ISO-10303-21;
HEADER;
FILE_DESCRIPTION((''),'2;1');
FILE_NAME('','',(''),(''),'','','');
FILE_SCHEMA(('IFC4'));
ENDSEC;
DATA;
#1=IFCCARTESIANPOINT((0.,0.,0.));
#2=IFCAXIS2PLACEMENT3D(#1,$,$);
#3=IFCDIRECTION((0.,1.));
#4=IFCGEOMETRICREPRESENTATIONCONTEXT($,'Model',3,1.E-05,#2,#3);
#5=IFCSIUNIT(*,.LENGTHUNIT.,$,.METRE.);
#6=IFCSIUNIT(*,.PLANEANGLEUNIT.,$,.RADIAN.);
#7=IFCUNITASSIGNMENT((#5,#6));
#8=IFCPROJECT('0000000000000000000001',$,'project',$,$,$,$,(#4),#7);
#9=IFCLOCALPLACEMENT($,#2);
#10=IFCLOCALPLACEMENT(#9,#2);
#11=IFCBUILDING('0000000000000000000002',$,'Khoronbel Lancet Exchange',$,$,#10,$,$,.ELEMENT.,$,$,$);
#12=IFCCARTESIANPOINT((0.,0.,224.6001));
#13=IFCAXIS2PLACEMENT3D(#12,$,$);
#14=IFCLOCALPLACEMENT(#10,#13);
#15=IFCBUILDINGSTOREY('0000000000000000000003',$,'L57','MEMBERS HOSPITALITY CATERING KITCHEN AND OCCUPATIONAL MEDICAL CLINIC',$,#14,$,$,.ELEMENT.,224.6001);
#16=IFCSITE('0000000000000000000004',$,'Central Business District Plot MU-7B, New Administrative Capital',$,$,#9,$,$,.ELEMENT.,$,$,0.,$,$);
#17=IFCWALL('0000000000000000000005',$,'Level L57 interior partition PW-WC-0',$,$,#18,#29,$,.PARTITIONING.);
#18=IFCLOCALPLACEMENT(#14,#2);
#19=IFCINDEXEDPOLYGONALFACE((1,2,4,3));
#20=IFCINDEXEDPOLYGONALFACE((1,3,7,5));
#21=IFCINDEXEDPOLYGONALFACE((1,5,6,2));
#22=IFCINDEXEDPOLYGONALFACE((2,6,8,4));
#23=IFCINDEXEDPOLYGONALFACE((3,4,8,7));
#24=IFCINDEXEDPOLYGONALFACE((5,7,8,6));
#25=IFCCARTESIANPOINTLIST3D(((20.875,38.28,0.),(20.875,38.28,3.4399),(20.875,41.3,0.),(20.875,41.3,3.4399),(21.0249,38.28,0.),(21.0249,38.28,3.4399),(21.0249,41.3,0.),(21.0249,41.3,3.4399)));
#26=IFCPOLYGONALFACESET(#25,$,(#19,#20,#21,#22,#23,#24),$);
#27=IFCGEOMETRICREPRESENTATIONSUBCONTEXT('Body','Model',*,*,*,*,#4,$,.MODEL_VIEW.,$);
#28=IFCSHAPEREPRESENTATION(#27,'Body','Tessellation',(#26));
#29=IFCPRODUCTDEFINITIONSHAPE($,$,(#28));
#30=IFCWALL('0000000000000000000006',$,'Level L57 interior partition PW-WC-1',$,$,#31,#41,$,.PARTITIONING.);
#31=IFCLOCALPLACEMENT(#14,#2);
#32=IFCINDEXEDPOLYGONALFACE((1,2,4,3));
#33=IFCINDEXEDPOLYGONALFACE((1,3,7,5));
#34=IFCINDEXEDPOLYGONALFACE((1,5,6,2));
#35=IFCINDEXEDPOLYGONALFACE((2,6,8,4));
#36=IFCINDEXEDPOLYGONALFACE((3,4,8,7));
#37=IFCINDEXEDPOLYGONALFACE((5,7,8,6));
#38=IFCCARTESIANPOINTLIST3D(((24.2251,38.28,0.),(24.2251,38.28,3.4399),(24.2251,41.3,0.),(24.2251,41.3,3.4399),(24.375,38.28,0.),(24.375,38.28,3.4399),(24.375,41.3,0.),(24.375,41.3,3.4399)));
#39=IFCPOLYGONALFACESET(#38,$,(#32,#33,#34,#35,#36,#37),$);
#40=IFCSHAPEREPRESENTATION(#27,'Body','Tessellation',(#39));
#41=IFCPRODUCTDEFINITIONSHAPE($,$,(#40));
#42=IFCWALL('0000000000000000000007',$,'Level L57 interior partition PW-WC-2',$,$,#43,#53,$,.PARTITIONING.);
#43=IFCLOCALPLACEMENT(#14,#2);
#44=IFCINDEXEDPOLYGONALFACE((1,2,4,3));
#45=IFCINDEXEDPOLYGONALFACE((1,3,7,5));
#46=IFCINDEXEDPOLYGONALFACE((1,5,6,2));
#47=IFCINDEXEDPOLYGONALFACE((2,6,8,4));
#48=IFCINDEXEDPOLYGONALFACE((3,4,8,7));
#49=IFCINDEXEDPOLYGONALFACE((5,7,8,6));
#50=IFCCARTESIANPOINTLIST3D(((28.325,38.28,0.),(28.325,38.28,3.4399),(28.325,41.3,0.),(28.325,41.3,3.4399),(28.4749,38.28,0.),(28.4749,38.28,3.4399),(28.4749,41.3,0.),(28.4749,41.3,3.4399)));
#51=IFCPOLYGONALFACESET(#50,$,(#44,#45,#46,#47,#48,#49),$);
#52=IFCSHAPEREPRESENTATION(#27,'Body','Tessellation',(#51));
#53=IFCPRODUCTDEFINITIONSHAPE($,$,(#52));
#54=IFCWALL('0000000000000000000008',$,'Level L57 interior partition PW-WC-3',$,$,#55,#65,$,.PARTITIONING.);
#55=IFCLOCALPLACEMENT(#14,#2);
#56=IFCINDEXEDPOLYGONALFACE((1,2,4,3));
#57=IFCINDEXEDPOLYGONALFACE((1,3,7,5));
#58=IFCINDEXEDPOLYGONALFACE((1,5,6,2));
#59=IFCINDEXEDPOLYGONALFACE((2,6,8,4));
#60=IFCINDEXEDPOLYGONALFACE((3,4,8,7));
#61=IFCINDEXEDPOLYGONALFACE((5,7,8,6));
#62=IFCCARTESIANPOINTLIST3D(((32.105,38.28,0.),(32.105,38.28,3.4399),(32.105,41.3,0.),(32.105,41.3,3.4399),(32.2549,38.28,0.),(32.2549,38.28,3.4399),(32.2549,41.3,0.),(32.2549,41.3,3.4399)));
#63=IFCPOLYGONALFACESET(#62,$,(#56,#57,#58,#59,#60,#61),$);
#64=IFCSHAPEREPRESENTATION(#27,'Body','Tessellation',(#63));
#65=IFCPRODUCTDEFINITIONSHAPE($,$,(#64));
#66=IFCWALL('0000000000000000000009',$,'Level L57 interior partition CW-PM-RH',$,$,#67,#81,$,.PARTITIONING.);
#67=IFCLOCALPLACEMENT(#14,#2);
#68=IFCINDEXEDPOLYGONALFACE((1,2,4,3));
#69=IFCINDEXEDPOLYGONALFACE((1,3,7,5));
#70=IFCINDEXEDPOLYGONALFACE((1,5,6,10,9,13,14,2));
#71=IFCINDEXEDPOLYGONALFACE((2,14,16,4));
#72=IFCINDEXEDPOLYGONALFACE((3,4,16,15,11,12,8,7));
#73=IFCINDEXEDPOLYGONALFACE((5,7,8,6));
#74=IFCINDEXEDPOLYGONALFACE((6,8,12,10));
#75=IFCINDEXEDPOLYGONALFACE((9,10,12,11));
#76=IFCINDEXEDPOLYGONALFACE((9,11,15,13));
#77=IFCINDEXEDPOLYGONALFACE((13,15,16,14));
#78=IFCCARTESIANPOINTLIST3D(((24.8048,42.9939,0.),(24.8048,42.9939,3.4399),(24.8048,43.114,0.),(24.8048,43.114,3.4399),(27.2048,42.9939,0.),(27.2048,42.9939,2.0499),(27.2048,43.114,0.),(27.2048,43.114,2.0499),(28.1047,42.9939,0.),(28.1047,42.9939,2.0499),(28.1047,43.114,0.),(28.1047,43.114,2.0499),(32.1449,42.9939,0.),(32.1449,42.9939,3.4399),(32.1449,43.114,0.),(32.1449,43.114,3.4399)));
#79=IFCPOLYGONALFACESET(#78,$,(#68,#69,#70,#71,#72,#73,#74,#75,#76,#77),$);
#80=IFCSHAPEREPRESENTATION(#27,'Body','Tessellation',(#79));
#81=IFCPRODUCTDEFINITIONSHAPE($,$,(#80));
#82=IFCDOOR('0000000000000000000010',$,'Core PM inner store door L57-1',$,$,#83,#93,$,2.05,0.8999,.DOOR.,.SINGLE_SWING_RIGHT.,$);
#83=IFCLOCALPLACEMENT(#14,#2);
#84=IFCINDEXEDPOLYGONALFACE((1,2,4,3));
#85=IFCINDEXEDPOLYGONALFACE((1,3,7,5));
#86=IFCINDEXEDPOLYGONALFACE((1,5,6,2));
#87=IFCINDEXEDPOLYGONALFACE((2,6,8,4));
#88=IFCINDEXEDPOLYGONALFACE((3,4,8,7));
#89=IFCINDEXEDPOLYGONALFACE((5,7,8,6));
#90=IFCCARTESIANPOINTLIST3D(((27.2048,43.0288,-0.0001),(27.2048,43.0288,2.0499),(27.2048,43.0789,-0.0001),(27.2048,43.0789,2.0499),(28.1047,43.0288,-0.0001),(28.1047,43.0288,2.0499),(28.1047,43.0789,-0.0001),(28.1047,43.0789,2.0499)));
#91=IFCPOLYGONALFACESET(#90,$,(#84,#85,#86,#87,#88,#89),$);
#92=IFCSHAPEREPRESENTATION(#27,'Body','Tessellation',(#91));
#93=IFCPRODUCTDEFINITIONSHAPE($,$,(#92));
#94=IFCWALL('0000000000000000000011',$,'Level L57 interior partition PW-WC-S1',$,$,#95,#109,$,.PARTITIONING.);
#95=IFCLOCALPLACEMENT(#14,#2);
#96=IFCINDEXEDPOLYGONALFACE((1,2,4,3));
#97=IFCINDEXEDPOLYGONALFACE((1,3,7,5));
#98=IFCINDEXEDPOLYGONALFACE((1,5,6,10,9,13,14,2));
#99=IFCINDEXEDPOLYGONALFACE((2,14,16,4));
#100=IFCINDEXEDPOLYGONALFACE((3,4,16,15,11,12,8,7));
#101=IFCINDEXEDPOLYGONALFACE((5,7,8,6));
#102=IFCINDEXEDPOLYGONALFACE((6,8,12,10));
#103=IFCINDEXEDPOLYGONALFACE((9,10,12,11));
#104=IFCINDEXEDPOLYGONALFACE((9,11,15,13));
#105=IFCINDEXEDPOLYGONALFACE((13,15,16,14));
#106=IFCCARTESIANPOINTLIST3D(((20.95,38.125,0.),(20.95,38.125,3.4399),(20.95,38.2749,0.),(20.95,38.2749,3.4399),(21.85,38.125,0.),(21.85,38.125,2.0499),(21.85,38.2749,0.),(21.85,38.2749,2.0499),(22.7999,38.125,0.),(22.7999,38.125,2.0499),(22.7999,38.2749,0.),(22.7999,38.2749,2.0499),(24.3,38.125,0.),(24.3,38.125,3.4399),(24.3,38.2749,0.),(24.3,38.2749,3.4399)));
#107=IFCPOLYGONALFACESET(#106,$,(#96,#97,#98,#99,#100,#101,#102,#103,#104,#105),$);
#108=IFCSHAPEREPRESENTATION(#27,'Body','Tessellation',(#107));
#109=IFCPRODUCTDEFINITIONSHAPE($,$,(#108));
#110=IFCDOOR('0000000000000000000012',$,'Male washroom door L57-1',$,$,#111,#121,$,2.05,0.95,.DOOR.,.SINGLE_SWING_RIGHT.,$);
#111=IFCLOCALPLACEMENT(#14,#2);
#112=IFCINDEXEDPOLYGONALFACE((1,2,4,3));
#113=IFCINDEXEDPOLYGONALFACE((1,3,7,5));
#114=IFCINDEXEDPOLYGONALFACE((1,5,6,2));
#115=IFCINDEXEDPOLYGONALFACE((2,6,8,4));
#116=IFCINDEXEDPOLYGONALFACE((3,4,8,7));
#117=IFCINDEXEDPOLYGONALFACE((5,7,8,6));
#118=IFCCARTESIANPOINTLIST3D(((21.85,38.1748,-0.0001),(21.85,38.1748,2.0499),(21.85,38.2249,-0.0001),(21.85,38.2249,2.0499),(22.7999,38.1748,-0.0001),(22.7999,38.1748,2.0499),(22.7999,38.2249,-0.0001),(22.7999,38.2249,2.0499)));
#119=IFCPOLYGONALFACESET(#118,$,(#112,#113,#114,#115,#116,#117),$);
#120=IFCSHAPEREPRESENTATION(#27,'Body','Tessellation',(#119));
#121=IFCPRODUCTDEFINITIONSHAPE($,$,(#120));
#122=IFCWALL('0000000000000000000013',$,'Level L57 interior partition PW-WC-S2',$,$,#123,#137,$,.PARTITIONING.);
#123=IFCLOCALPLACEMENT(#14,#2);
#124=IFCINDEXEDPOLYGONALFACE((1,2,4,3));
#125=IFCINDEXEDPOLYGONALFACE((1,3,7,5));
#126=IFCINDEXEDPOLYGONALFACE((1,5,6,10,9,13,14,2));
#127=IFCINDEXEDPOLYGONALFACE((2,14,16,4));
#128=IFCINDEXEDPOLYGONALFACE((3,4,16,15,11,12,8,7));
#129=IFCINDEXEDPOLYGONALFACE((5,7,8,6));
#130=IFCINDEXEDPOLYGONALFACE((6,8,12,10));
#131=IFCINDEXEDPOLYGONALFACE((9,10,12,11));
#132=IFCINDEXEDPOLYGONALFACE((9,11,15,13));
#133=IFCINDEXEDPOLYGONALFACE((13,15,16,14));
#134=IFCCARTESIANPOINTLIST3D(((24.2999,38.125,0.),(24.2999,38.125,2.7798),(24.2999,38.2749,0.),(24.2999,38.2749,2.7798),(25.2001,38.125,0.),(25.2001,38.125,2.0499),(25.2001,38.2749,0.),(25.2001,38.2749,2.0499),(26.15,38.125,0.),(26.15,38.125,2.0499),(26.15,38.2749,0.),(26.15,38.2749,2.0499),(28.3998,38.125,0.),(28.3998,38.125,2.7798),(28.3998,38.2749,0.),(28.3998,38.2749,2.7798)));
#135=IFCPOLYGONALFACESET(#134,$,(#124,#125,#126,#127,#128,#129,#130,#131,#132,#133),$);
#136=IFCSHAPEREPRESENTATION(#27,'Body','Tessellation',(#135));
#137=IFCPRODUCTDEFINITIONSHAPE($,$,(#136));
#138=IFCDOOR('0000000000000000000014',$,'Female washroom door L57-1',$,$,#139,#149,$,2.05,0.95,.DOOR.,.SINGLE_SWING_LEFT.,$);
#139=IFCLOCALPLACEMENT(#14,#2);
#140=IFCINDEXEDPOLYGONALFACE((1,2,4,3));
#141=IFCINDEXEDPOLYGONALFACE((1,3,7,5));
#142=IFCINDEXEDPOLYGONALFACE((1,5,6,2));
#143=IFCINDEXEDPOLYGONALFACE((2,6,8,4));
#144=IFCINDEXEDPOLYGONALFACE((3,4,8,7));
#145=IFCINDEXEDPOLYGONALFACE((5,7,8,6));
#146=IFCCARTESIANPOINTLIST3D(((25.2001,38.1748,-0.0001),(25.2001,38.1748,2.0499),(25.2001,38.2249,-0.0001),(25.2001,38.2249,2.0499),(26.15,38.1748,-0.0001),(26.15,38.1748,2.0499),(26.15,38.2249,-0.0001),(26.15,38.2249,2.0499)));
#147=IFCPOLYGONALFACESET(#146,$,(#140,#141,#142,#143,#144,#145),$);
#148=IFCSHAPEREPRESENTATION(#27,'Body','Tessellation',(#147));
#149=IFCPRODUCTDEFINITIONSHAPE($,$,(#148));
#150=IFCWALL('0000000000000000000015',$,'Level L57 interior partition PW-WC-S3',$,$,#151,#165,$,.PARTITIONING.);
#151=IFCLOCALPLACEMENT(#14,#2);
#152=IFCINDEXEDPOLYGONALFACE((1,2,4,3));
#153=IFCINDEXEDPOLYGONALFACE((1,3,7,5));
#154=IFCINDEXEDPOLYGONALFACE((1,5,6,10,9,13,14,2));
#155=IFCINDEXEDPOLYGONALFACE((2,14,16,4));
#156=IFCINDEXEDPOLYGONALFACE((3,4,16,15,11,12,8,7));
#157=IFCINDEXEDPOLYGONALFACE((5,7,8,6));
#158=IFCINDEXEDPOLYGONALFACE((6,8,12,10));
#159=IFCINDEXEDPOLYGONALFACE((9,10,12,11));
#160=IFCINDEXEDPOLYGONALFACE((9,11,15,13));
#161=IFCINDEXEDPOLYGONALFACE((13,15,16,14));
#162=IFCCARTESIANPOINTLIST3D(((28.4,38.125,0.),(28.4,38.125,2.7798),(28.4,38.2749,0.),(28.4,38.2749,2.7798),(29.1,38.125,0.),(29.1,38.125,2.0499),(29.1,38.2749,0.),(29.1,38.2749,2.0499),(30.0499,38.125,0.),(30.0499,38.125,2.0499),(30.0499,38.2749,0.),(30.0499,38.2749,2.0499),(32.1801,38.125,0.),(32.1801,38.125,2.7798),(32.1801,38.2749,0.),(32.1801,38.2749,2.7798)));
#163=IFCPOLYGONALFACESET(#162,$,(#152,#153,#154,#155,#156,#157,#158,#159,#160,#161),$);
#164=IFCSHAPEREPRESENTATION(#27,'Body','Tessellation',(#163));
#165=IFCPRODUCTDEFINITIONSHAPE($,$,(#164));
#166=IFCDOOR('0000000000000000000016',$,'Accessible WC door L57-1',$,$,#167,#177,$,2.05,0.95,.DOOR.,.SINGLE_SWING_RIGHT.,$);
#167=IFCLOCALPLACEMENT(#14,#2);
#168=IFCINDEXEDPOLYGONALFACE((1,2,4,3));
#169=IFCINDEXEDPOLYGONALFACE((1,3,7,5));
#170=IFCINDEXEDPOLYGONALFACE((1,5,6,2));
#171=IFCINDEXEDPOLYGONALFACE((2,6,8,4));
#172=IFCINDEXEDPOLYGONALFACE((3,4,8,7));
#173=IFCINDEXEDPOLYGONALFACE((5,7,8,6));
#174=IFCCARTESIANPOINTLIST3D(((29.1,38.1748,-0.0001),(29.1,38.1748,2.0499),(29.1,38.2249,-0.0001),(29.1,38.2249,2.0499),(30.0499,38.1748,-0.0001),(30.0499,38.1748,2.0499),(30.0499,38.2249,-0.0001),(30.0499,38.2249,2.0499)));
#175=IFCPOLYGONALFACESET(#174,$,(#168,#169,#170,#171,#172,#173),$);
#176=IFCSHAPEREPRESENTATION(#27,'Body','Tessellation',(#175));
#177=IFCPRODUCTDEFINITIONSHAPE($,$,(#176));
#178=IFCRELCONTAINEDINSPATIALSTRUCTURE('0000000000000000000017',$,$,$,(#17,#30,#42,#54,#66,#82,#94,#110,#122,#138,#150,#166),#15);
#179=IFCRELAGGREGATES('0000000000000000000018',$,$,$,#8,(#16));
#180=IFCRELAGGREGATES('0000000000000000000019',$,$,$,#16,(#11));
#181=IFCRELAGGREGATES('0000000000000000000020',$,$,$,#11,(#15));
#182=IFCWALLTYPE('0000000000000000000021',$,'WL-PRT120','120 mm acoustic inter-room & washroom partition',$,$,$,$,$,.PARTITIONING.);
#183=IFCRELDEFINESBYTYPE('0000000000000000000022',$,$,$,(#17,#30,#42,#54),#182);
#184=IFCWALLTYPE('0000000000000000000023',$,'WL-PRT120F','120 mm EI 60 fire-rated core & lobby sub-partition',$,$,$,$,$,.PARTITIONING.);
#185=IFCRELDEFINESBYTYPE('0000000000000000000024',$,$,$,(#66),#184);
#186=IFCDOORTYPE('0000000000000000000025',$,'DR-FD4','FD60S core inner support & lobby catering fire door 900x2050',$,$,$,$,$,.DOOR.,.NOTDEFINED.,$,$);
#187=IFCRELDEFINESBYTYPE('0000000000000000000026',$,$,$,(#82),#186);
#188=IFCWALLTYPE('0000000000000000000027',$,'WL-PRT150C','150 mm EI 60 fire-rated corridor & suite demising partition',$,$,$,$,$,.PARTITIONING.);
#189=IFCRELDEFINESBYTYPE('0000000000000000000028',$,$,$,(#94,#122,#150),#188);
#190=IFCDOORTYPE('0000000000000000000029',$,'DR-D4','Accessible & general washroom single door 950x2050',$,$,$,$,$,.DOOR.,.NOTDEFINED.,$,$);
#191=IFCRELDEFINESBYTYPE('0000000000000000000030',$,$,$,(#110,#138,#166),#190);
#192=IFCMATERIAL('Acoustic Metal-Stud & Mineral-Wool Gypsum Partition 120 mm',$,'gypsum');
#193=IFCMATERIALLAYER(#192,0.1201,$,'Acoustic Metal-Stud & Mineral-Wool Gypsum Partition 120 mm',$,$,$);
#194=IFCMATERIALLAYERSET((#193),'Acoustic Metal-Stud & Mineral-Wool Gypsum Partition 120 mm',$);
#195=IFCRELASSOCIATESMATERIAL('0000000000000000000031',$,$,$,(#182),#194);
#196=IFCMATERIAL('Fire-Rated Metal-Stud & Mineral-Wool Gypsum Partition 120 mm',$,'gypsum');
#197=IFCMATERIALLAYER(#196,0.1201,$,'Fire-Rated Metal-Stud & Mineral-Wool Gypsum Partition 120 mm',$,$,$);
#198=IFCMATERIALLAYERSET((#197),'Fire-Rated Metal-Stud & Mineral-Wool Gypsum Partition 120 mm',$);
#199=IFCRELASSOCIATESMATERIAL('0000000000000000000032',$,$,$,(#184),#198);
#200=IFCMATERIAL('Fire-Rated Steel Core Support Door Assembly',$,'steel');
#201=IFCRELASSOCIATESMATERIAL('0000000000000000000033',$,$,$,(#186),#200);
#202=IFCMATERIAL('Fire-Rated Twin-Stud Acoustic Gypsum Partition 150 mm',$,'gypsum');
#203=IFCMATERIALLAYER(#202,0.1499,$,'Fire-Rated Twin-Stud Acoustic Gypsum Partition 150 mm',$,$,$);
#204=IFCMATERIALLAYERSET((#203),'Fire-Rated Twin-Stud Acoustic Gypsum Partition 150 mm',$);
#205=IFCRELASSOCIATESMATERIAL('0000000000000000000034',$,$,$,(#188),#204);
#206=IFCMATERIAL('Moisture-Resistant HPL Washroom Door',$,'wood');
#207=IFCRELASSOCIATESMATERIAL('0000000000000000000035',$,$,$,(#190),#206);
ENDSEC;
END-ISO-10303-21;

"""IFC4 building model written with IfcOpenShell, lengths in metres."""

from ifc_helpers import new_model, si_unit, direction, frame, frame_2d, origin, place, context, subcontext, project, spatial, rectangle, extrude, material, layer, layer_set, type_object, element, fill, save


model = new_model("IFC4")

# Units and contexts
model_context = context("Model", 3, precision=1e-05, world=origin(), true_north=direction((0.0, 1.0)))
body_context = subcontext(model_context, "Body", "Model", "MODEL_VIEW")
ifc_project = project(units=[si_unit("LENGTHUNIT", "METRE"), si_unit("PLANEANGLEUNIT", "RADIAN")], contexts=[model_context])

# Site, building, storey
site_placement = place(None, origin())
site = spatial("IfcSite", under=ifc_project, at=site_placement, Name="Central Business District Plot MU-7B, New Administrative Capital", CompositionType="ELEMENT", RefElevation=0.0)
building_placement = place(site_placement, origin())
building = spatial("IfcBuilding", under=site, at=building_placement, Name="Khoronbel Lancet Exchange", CompositionType="ELEMENT")
storey_placement = place(building_placement, frame((0.0, 0.0, 224.6001)))
storey = spatial("IfcBuildingStorey", under=building, at=storey_placement, Name="L57", Description="MEMBERS HOSPITALITY CATERING KITCHEN AND OCCUPATIONAL MEDICAL CLINIC", CompositionType="ELEMENT", Elevation=224.6001)

# Walls
ifc_material_1 = material(Name="Acoustic Metal-Stud & Mineral-Wool Gypsum Partition 120 mm", Category="gypsum")
ifc_layer_1 = layer(ifc_material_1, 0.1201, Name="Acoustic Metal-Stud & Mineral-Wool Gypsum Partition 120 mm")
ifc_layer_set_1 = layer_set([ifc_layer_1], Name="Acoustic Metal-Stud & Mineral-Wool Gypsum Partition 120 mm")
wall_type_1 = type_object("IfcWallType", Name="WL-PRT120", Description="120 mm acoustic inter-room & washroom partition", PredefinedType="PARTITIONING", material=ifc_layer_set_1)
for number, where, z_axis, x_axis, name in (
    (1, (20.95, 38.28, 0.0), (0.0, 0.0, 1.0), (0.0, 1.0, 0.0), "Level L57 interior partition PW-WC-0"),
    (2, (24.3, 38.28, 0.0), (0.0, 0.0, 1.0), (0.0, 1.0, 0.0), "Level L57 interior partition PW-WC-1"),
    (3, (28.3999, 38.28, 0.0), (0.0, 0.0, 1.0), (0.0, 1.0, 0.0), "Level L57 interior partition PW-WC-2"),
    (4, (32.1799, 38.28, 0.0), (0.0, 0.0, 1.0), (0.0, 1.0, 0.0), "Level L57 interior partition PW-WC-3"),
):
    element("IfcWall", number, at=place(storey_placement, frame(where, z_axis=z_axis, x_axis=x_axis)), inside=storey, type_object=wall_type_1, Name=name, PredefinedType="PARTITIONING", context=body_context, shape_type="SweptSolid", body=[
        extrude(rectangle(XDim=3.02, YDim=0.1499, at=frame_2d((1.51, 0.0))), origin(), (0.0, 0.0, 1.0), 3.4399),
    ])

# Walls, openings, doors
ifc_material_2 = material(Name="Fire-Rated Metal-Stud & Mineral-Wool Gypsum Partition 120 mm", Category="gypsum")
ifc_layer_2 = layer(ifc_material_2, 0.1201, Name="Fire-Rated Metal-Stud & Mineral-Wool Gypsum Partition 120 mm")
ifc_layer_set_2 = layer_set([ifc_layer_2], Name="Fire-Rated Metal-Stud & Mineral-Wool Gypsum Partition 120 mm")
wall_type_2 = type_object("IfcWallType", Name="WL-PRT120F", Description="120 mm EI 60 fire-rated core & lobby sub-partition", PredefinedType="PARTITIONING", material=ifc_layer_set_2)
wall_1_placement = place(storey_placement, frame((24.8049, 43.054, 0.0), z_axis=(0.0, 0.0, 1.0), x_axis=(1.0, 0.0, 0.0)))
wall_1 = element("IfcWall", 5, at=wall_1_placement, inside=storey, type_object=wall_type_2, Name="Level L57 interior partition CW-PM-RH", PredefinedType="PARTITIONING", context=body_context, shape_type="SweptSolid", body=[
    extrude(rectangle(XDim=7.3401, YDim=0.1201, at=frame_2d((3.6699, 0.0))), origin(), (0.0, 0.0, 1.0), 3.4399),
])
opening_1_placement = place(wall_1_placement, frame((2.3999, 0.0, 0.0)))
opening_1 = element("IfcOpeningElement", 6, at=opening_1_placement, cuts=wall_1, PredefinedType="OPENING", context=body_context, shape_type="SweptSolid", body=[
    extrude(rectangle(XDim=0.8999, YDim=2.05, at=frame_2d((0.45, 1.0249))), frame((0.0, 0.0701, 0.0), z_axis=(0.0, -1.0, 0.0), x_axis=(1.0, 0.0, 0.0)), (0.0, 0.0, 1.0), 0.1401),
])
ifc_material_3 = material(Name="Fire-Rated Steel Core Support Door Assembly", Category="steel")
door_type_1 = type_object("IfcDoorType", Name="DR-FD4", Description="FD60S core inner support & lobby catering fire door 900x2050", OperationType="NOTDEFINED", PredefinedType="DOOR", material=ifc_material_3)
door_1_placement = place(opening_1_placement, origin())
door_1 = element("IfcDoor", 7, at=door_1_placement, inside=storey, type_object=door_type_1, Name="Core PM inner store door L57-1", OperationType="SINGLE_SWING_RIGHT", OverallHeight=2.05, OverallWidth=0.8999, PredefinedType="DOOR", context=body_context, shape_type="SweptSolid", body=[
    extrude(rectangle(XDim=0.8999, YDim=2.05, at=frame_2d((0.45, 1.0249))), frame((0.0, 0.0249, 0.0), z_axis=(0.0, -1.0, 0.0), x_axis=(1.0, 0.0, 0.0)), (0.0, 0.0, 1.0), 0.05),
])
fill(opening_1, door_1)
ifc_material_4 = material(Name="Fire-Rated Twin-Stud Acoustic Gypsum Partition 150 mm", Category="gypsum")
ifc_layer_3 = layer(ifc_material_4, 0.1499, Name="Fire-Rated Twin-Stud Acoustic Gypsum Partition 150 mm")
ifc_layer_set_3 = layer_set([ifc_layer_3], Name="Fire-Rated Twin-Stud Acoustic Gypsum Partition 150 mm")
wall_type_3 = type_object("IfcWallType", Name="WL-PRT150C", Description="150 mm EI 60 fire-rated corridor & suite demising partition", PredefinedType="PARTITIONING", material=ifc_layer_set_3)
wall_2_placement = place(storey_placement, frame((20.95, 38.2, 0.0), z_axis=(0.0, 0.0, 1.0), x_axis=(1.0, 0.0, 0.0)))
wall_2 = element("IfcWall", 8, at=wall_2_placement, inside=storey, type_object=wall_type_3, Name="Level L57 interior partition PW-WC-S1", PredefinedType="PARTITIONING", context=body_context, shape_type="SweptSolid", body=[
    extrude(rectangle(XDim=3.3501, YDim=0.1499, at=frame_2d((1.675, 0.0))), origin(), (0.0, 0.0, 1.0), 3.4399),
])
opening_2_placement = place(wall_2_placement, frame((0.8999, 0.0, 0.0)))
opening_2 = element("IfcOpeningElement", 9, at=opening_2_placement, cuts=wall_2, PredefinedType="OPENING", context=body_context, shape_type="SweptSolid", body=[
    extrude(rectangle(XDim=0.95, YDim=2.05, at=frame_2d((0.4751, 1.0249))), frame((0.0, 0.085, 0.0), z_axis=(0.0, -1.0, 0.0), x_axis=(1.0, 0.0, 0.0)), (0.0, 0.0, 1.0), 0.1699),
])
ifc_material_5 = material(Name="Moisture-Resistant HPL Washroom Door", Category="wood")
door_type_2 = type_object("IfcDoorType", Name="DR-D4", Description="Accessible & general washroom single door 950x2050", OperationType="NOTDEFINED", PredefinedType="DOOR", material=ifc_material_5)
door_2_placement = place(opening_2_placement, origin())
door_2 = element("IfcDoor", 10, at=door_2_placement, inside=storey, type_object=door_type_2, Name="Male washroom door L57-1", OperationType="SINGLE_SWING_RIGHT", OverallHeight=2.05, OverallWidth=0.95, PredefinedType="DOOR", context=body_context, shape_type="SweptSolid", body=[
    extrude(rectangle(XDim=0.95, YDim=2.05, at=frame_2d((0.4751, 1.0249))), frame((0.0, 0.0249, 0.0), z_axis=(0.0, -1.0, 0.0), x_axis=(1.0, 0.0, 0.0)), (0.0, 0.0, 1.0), 0.05),
])
fill(opening_2, door_2)
wall_3_placement = place(storey_placement, frame((24.3, 38.2, 0.0), z_axis=(0.0, 0.0, 1.0), x_axis=(1.0, 0.0, 0.0)))
wall_3 = element("IfcWall", 11, at=wall_3_placement, inside=storey, type_object=wall_type_3, Name="Level L57 interior partition PW-WC-S2", PredefinedType="PARTITIONING", context=body_context, shape_type="SweptSolid", body=[
    extrude(rectangle(XDim=4.0999, YDim=0.1499, at=frame_2d((2.0498, 0.0))), origin(), (0.0, 0.0, 1.0), 2.7798),
])
opening_3_placement = place(wall_3_placement, frame((0.8999, 0.0, 0.0)))
opening_3 = element("IfcOpeningElement", 12, at=opening_3_placement, cuts=wall_3, PredefinedType="OPENING", context=body_context, shape_type="SweptSolid", body=[
    extrude(rectangle(XDim=0.95, YDim=2.05, at=frame_2d((0.4751, 1.0249))), frame((0.0, 0.085, 0.0), z_axis=(0.0, -1.0, 0.0), x_axis=(1.0, 0.0, 0.0)), (0.0, 0.0, 1.0), 0.1699),
])
door_3_placement = place(opening_3_placement, origin())
door_3 = element("IfcDoor", 13, at=door_3_placement, inside=storey, type_object=door_type_2, Name="Female washroom door L57-1", OperationType="SINGLE_SWING_LEFT", OverallHeight=2.05, OverallWidth=0.95, PredefinedType="DOOR", context=body_context, shape_type="SweptSolid", body=[
    extrude(rectangle(XDim=0.95, YDim=2.05, at=frame_2d((0.4751, 1.0249))), frame((0.0, 0.0249, 0.0), z_axis=(0.0, -1.0, 0.0), x_axis=(1.0, 0.0, 0.0)), (0.0, 0.0, 1.0), 0.05),
])
fill(opening_3, door_3)
wall_4_placement = place(storey_placement, frame((28.3999, 38.2, 0.0), z_axis=(0.0, 0.0, 1.0), x_axis=(1.0, 0.0, 0.0)))
wall_4 = element("IfcWall", 14, at=wall_4_placement, inside=storey, type_object=wall_type_3, Name="Level L57 interior partition PW-WC-S3", PredefinedType="PARTITIONING", context=body_context, shape_type="SweptSolid", body=[
    extrude(rectangle(XDim=3.78, YDim=0.1499, at=frame_2d((1.8901, 0.0))), origin(), (0.0, 0.0, 1.0), 2.7798),
])
opening_4_placement = place(wall_4_placement, frame((0.7, 0.0, 0.0)))
opening_4 = element("IfcOpeningElement", 15, at=opening_4_placement, cuts=wall_4, PredefinedType="OPENING", context=body_context, shape_type="SweptSolid", body=[
    extrude(rectangle(XDim=0.95, YDim=2.05, at=frame_2d((0.4751, 1.0249))), frame((0.0, 0.085, 0.0), z_axis=(0.0, -1.0, 0.0), x_axis=(1.0, 0.0, 0.0)), (0.0, 0.0, 1.0), 0.1699),
])
door_4_placement = place(opening_4_placement, origin())
door_4 = element("IfcDoor", 16, at=door_4_placement, inside=storey, type_object=door_type_2, Name="Accessible WC door L57-1", OperationType="SINGLE_SWING_RIGHT", OverallHeight=2.05, OverallWidth=0.95, PredefinedType="DOOR", context=body_context, shape_type="SweptSolid", body=[
    extrude(rectangle(XDim=0.95, YDim=2.05, at=frame_2d((0.4751, 1.0249))), frame((0.0, 0.0249, 0.0), z_axis=(0.0, -1.0, 0.0), x_axis=(1.0, 0.0, 0.0)), (0.0, 0.0, 1.0), 0.05),
])
fill(opening_4, door_4)

save(model, "model.ifc")
